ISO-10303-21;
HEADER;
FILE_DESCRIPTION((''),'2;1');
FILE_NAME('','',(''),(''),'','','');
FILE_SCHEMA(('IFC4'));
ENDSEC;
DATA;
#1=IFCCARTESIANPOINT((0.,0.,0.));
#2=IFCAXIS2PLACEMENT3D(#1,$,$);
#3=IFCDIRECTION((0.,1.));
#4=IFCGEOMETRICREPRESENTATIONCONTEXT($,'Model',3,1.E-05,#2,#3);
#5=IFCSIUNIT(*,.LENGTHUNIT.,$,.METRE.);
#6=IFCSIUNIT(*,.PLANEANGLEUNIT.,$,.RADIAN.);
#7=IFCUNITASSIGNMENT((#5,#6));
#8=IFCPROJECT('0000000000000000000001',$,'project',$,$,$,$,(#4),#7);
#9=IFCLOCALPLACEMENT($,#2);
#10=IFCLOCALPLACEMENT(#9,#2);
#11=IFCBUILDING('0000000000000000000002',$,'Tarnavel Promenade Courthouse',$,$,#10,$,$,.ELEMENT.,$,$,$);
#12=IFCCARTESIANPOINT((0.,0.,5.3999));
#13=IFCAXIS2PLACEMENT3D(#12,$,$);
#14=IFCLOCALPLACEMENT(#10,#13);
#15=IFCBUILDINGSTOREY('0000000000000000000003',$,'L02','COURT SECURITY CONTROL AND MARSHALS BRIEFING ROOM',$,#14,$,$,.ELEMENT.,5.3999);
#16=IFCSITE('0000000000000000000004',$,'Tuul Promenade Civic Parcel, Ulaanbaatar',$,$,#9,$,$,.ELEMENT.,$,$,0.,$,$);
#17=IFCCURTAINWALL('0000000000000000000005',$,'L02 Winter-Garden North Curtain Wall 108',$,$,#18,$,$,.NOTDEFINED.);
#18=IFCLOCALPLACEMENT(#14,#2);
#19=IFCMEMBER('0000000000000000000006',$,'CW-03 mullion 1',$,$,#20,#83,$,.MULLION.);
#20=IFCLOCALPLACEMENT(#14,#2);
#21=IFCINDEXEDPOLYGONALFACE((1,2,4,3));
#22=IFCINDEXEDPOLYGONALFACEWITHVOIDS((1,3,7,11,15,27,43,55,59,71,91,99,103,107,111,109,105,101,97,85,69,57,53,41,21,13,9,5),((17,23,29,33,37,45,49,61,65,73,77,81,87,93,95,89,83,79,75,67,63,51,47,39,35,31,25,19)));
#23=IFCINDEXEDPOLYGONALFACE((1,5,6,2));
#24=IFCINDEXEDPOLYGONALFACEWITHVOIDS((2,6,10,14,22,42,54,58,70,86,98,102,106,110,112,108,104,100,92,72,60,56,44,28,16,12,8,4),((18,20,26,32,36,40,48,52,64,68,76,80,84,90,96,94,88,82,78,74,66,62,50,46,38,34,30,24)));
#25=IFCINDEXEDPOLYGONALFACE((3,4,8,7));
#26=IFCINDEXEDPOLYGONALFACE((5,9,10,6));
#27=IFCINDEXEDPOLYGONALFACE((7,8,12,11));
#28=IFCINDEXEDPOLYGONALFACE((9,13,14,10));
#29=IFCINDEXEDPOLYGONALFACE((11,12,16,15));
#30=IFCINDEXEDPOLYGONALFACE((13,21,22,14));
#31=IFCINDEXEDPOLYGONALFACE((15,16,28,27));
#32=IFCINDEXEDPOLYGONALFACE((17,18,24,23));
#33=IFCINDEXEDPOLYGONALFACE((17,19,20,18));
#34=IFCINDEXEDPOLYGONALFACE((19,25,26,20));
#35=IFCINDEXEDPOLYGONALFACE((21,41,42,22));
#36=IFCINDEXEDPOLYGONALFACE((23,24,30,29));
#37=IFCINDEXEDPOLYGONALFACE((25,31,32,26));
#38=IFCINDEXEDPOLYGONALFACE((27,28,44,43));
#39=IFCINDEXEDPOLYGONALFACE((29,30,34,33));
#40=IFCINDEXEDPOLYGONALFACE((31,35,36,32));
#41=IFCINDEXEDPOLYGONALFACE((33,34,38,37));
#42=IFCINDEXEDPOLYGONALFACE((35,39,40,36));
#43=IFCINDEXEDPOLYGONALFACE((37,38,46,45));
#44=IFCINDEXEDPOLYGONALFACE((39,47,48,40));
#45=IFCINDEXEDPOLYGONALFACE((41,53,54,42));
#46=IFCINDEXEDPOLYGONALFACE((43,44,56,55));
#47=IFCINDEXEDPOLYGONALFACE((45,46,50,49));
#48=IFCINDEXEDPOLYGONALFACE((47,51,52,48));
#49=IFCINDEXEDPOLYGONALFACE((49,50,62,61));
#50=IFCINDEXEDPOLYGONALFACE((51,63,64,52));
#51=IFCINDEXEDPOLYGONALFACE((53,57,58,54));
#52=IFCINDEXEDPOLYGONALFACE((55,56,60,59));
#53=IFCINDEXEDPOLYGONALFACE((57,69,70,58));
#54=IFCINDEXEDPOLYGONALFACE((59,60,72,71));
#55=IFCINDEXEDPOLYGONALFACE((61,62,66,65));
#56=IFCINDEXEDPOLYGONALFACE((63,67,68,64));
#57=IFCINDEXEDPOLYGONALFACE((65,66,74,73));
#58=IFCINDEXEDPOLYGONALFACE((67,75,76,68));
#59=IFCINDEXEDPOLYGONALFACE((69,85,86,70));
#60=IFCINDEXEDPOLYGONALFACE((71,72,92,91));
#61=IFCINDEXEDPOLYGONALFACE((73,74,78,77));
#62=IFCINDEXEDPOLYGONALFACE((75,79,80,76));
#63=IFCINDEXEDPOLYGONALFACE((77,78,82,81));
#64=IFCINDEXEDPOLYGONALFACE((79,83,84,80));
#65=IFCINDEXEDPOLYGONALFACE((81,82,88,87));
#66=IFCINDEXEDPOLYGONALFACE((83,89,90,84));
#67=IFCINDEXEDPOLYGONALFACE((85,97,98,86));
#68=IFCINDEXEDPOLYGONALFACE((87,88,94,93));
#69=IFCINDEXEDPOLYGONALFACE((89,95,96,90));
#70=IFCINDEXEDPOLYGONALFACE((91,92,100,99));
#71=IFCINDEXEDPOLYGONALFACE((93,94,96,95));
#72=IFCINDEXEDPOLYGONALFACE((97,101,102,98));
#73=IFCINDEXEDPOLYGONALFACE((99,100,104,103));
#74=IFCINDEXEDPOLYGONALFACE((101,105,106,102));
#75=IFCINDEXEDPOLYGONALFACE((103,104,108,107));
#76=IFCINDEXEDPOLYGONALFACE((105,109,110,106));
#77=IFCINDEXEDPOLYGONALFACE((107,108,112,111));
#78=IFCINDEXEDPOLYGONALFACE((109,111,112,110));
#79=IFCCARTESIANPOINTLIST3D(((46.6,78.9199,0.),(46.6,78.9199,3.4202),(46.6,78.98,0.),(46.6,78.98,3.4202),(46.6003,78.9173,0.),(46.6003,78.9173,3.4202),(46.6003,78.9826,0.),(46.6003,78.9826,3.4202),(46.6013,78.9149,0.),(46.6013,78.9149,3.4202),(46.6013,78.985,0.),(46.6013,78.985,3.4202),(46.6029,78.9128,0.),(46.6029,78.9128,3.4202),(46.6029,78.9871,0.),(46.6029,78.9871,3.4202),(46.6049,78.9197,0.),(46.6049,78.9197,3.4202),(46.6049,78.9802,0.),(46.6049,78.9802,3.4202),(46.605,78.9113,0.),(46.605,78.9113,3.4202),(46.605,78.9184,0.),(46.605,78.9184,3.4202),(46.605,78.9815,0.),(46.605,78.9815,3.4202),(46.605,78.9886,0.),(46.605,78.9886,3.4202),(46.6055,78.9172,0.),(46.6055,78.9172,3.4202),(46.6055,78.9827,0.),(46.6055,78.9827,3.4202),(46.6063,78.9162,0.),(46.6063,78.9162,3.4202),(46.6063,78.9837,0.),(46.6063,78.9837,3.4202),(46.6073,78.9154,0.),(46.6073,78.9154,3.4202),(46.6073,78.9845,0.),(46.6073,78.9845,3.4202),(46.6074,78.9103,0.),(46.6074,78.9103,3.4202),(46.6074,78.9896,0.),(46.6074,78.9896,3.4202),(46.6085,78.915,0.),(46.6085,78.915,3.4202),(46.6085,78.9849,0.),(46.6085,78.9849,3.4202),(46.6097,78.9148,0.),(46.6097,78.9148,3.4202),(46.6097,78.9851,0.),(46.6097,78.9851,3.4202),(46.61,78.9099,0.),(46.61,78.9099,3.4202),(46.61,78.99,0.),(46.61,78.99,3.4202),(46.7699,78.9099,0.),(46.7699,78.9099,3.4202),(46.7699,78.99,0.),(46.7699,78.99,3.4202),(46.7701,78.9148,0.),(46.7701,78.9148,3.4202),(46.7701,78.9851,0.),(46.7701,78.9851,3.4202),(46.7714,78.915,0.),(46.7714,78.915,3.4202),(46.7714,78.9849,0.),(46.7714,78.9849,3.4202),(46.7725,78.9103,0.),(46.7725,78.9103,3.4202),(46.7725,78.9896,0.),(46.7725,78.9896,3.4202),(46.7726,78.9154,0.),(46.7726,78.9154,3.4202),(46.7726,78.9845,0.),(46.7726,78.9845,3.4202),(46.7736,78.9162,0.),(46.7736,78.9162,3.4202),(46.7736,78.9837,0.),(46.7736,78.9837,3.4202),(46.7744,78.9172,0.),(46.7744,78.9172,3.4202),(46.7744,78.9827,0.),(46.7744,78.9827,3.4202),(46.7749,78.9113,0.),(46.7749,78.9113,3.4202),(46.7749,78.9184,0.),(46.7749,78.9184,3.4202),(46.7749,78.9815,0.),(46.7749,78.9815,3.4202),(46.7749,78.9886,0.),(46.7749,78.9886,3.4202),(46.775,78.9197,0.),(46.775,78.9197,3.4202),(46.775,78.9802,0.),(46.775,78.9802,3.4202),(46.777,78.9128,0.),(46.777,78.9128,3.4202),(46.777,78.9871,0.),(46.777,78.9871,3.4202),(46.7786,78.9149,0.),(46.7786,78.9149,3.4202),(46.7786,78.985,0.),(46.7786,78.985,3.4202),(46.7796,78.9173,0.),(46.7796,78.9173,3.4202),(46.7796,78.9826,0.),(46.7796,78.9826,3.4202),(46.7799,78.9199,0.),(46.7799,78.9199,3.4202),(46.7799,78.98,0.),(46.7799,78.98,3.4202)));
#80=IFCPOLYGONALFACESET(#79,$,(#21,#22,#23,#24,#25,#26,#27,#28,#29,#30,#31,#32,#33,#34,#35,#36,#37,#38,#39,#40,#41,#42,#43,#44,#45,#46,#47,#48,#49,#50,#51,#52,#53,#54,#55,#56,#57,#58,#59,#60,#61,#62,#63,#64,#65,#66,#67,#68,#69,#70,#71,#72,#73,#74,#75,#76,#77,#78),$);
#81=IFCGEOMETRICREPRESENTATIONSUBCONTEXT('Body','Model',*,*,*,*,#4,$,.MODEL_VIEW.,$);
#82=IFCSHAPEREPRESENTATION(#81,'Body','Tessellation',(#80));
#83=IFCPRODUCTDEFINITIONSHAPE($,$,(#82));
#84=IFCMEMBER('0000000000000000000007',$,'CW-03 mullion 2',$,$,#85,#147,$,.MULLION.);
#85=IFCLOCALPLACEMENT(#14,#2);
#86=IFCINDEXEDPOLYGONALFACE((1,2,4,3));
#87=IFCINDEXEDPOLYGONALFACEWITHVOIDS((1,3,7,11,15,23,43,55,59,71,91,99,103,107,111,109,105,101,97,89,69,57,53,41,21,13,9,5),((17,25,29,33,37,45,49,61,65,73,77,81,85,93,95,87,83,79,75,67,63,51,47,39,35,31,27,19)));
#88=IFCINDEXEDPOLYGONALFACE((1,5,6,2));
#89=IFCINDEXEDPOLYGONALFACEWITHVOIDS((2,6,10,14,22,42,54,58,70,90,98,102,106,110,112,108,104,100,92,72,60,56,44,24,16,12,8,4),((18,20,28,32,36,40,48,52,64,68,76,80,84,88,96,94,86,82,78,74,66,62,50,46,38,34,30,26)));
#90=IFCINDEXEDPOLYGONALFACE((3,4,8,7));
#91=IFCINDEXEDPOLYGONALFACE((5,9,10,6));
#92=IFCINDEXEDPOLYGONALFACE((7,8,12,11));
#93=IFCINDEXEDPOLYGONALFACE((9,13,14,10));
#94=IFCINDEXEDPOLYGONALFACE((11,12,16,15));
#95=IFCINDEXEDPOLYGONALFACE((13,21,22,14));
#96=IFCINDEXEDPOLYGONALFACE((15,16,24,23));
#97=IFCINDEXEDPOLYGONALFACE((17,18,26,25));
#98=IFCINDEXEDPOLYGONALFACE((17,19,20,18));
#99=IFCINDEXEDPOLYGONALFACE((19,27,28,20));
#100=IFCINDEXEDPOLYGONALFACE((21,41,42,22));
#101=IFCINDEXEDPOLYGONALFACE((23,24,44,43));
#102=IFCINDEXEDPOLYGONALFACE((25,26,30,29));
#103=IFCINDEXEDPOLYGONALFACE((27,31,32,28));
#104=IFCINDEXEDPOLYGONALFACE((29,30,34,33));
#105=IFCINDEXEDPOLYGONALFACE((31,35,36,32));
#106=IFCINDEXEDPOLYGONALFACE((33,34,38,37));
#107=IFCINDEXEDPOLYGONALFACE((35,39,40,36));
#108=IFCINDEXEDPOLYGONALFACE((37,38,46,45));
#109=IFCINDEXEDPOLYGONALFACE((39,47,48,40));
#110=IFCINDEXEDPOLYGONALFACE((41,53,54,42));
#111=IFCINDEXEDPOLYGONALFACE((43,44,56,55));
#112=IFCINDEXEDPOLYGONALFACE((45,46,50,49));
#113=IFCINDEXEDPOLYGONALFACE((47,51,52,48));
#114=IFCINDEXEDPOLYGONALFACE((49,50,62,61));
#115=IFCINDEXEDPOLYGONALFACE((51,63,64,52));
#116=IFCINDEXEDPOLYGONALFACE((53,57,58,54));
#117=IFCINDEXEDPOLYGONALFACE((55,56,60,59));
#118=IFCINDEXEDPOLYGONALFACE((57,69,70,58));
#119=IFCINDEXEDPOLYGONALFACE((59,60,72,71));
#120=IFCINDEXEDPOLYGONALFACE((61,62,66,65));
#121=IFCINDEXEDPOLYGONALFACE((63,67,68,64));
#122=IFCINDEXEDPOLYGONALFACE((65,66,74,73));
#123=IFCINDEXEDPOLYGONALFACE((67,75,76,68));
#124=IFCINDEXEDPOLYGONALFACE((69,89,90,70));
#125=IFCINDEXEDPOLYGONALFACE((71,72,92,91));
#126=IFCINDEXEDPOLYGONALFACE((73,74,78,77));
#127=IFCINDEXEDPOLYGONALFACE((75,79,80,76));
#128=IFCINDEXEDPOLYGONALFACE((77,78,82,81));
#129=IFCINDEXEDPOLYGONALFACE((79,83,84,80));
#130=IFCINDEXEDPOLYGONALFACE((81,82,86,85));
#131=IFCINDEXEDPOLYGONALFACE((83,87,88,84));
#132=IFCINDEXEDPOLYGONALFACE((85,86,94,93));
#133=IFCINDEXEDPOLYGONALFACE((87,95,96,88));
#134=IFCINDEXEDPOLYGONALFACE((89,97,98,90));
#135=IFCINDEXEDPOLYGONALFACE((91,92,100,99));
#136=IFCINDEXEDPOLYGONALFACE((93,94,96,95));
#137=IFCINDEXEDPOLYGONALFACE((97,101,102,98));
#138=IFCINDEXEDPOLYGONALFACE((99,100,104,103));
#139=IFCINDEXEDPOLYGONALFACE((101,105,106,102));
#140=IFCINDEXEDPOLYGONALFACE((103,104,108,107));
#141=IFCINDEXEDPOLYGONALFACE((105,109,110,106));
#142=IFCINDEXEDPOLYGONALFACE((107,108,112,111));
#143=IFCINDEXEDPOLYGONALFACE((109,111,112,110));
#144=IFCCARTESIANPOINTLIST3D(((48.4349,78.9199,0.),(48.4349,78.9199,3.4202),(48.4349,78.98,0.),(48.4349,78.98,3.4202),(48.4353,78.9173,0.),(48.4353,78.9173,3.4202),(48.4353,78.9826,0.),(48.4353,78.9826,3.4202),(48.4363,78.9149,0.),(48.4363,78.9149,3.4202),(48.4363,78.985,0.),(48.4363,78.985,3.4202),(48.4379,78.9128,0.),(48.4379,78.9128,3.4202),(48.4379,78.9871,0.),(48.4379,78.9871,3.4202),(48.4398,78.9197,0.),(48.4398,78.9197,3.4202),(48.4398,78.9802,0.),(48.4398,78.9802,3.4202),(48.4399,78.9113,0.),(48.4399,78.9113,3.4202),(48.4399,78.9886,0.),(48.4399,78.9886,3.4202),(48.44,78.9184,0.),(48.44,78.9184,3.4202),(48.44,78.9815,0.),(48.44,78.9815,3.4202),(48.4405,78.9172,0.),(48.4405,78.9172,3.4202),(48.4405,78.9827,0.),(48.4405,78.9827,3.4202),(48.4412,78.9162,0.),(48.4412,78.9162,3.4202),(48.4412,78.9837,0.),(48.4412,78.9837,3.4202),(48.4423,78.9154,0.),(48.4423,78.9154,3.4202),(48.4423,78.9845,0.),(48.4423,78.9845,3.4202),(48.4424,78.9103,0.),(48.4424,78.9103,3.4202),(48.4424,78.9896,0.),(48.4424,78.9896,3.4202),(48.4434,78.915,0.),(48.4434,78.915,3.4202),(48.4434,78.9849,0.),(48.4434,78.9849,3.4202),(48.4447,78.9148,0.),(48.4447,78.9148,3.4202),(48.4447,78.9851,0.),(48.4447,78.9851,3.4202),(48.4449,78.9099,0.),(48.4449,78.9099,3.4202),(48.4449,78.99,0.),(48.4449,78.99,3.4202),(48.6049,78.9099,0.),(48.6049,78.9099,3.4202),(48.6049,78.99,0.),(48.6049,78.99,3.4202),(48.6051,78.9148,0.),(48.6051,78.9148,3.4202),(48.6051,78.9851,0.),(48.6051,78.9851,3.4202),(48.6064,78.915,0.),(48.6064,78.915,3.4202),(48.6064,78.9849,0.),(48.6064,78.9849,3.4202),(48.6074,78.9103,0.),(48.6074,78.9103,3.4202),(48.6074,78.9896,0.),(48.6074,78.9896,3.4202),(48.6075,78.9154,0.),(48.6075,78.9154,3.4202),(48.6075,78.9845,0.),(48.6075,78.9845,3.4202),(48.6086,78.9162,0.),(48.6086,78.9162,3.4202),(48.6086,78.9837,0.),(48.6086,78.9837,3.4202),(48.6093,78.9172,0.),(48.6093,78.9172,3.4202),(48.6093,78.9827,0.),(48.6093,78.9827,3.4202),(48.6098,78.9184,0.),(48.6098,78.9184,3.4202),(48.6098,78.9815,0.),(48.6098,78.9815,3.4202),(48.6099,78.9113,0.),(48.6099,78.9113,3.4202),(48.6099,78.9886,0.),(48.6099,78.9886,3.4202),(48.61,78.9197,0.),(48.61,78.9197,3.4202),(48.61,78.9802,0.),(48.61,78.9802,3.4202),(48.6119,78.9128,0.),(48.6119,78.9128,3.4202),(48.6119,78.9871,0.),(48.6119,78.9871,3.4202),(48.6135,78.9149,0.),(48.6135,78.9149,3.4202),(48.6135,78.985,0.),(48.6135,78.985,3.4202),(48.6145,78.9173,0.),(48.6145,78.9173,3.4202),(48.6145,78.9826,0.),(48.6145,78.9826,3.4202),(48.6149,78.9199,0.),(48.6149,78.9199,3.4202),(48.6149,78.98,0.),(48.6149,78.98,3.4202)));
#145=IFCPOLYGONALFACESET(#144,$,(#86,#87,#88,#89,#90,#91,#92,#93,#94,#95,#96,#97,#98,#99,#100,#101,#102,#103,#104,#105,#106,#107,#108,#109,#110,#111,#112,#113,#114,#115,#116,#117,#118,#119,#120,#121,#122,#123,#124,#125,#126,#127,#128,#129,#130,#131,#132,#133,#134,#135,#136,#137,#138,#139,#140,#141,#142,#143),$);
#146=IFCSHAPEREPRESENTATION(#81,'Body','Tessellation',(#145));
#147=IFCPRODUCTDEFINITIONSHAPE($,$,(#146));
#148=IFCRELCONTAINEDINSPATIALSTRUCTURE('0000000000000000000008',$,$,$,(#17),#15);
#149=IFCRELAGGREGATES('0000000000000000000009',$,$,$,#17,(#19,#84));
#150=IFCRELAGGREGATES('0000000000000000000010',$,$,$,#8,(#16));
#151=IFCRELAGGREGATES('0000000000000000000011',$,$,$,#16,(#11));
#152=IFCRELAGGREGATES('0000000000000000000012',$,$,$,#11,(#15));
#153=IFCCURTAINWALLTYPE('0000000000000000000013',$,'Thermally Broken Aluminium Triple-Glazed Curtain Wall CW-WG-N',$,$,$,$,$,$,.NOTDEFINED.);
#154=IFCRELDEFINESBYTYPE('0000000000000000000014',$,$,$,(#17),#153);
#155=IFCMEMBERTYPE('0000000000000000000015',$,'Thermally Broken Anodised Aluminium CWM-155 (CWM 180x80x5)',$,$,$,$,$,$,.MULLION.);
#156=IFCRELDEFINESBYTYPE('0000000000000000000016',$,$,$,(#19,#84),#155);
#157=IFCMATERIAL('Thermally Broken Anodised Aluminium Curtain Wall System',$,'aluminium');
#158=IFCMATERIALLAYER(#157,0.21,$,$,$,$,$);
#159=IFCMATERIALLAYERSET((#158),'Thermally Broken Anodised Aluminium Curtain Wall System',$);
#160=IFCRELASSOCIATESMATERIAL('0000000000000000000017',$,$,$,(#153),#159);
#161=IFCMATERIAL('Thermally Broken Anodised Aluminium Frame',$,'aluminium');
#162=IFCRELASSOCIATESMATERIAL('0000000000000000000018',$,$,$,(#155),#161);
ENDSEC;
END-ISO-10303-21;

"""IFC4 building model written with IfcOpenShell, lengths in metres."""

from ifc_helpers import new_model, si_unit, direction, frame, origin, origin_2d, place, context, subcontext, project, spatial, hollow_rectangle, extrude, material, layer, layer_set, material_profile, profile_set, type_object, element, aggregate, save


model = new_model("IFC4")

# Units and contexts
model_context = context("Model", 3, precision=1e-05, world=origin(), true_north=direction((0.0, 1.0)))
body_context = subcontext(model_context, "Body", "Model", "MODEL_VIEW")
ifc_project = project(units=[si_unit("LENGTHUNIT", "METRE"), si_unit("PLANEANGLEUNIT", "RADIAN")], contexts=[model_context])

# Site, building, storey
site_placement = place(None, origin())
site = spatial("IfcSite", under=ifc_project, at=site_placement, Name="Tuul Promenade Civic Parcel, Ulaanbaatar", CompositionType="ELEMENT", RefElevation=0.0)
building_placement = place(site_placement, origin())
building = spatial("IfcBuilding", under=site, at=building_placement, Name="Tarnavel Promenade Courthouse", CompositionType="ELEMENT")
storey_placement = place(building_placement, frame((0.0, 0.0, 5.3999)))
storey = spatial("IfcBuildingStorey", under=building, at=storey_placement, Name="L02", Description="COURT SECURITY CONTROL AND MARSHALS BRIEFING ROOM", CompositionType="ELEMENT", Elevation=5.3999)

# Curtain wall, members
ifc_material_1 = material(Name="Thermally Broken Anodised Aluminium Curtain Wall System", Category="aluminium")
ifc_layer_1 = layer(ifc_material_1, 0.21)
ifc_layer_set_1 = layer_set([ifc_layer_1], Name="Thermally Broken Anodised Aluminium Curtain Wall System")
curtain_wall_type = type_object("IfcCurtainWallType", Name="Thermally Broken Aluminium Triple-Glazed Curtain Wall CW-WG-N", PredefinedType="NOTDEFINED", material=ifc_layer_set_1)
curtain_wall_placement = place(storey_placement, origin())
curtain_wall = element("IfcCurtainWall", 1, at=curtain_wall_placement, inside=storey, type_object=curtain_wall_type, Name="L02 Winter-Garden North Curtain Wall 108", PredefinedType="NOTDEFINED")
ifc_material_2 = material(Name="Thermally Broken Anodised Aluminium Frame", Category="aluminium")
ifc_material_profile_1 = material_profile(ifc_material_2, hollow_rectangle(XDim=0.0801, YDim=0.1799, WallThickness=0.0049, InnerFilletRadius=0.0049, OuterFilletRadius=0.01, at=origin_2d()), Name="CWM 180x80x5")
ifc_profile_set_1 = profile_set([ifc_material_profile_1], Name="Thermally Broken Anodised Aluminium Frame")
member_type_1 = type_object("IfcMemberType", Name="Thermally Broken Anodised Aluminium CWM-155 (CWM 180x80x5)", PredefinedType="MULLION", material=ifc_profile_set_1)
member_1_placement = place(storey_placement, frame((46.6899, 78.95, 0.0), z_axis=(0.0, 0.0, 1.0), x_axis=(0.0, 1.0, 0.0)))
member_1 = element("IfcMember", 2, at=member_1_placement, type_object=member_type_1, Name="CW-03 mullion 1", PredefinedType="MULLION", context=body_context, shape_type="SweptSolid", body=[
    extrude(hollow_rectangle(XDim=0.0801, YDim=0.1799, WallThickness=0.0049, InnerFilletRadius=0.0049, OuterFilletRadius=0.01, at=origin_2d()), origin(), (0.0, 0.0, 1.0), 3.4202),
])
member_2_placement = place(storey_placement, frame((48.5249, 78.95, 0.0), z_axis=(0.0, 0.0, 1.0), x_axis=(0.0, 1.0, 0.0)))
member_2 = element("IfcMember", 3, at=member_2_placement, type_object=member_type_1, Name="CW-03 mullion 2", PredefinedType="MULLION", context=body_context, shape_type="SweptSolid", body=[
    extrude(hollow_rectangle(XDim=0.0801, YDim=0.1799, WallThickness=0.0049, InnerFilletRadius=0.0049, OuterFilletRadius=0.01, at=origin_2d()), origin(), (0.0, 0.0, 1.0), 3.4202),
])
aggregate(curtain_wall, [member_1, member_2])

save(model, "model.ifc")
